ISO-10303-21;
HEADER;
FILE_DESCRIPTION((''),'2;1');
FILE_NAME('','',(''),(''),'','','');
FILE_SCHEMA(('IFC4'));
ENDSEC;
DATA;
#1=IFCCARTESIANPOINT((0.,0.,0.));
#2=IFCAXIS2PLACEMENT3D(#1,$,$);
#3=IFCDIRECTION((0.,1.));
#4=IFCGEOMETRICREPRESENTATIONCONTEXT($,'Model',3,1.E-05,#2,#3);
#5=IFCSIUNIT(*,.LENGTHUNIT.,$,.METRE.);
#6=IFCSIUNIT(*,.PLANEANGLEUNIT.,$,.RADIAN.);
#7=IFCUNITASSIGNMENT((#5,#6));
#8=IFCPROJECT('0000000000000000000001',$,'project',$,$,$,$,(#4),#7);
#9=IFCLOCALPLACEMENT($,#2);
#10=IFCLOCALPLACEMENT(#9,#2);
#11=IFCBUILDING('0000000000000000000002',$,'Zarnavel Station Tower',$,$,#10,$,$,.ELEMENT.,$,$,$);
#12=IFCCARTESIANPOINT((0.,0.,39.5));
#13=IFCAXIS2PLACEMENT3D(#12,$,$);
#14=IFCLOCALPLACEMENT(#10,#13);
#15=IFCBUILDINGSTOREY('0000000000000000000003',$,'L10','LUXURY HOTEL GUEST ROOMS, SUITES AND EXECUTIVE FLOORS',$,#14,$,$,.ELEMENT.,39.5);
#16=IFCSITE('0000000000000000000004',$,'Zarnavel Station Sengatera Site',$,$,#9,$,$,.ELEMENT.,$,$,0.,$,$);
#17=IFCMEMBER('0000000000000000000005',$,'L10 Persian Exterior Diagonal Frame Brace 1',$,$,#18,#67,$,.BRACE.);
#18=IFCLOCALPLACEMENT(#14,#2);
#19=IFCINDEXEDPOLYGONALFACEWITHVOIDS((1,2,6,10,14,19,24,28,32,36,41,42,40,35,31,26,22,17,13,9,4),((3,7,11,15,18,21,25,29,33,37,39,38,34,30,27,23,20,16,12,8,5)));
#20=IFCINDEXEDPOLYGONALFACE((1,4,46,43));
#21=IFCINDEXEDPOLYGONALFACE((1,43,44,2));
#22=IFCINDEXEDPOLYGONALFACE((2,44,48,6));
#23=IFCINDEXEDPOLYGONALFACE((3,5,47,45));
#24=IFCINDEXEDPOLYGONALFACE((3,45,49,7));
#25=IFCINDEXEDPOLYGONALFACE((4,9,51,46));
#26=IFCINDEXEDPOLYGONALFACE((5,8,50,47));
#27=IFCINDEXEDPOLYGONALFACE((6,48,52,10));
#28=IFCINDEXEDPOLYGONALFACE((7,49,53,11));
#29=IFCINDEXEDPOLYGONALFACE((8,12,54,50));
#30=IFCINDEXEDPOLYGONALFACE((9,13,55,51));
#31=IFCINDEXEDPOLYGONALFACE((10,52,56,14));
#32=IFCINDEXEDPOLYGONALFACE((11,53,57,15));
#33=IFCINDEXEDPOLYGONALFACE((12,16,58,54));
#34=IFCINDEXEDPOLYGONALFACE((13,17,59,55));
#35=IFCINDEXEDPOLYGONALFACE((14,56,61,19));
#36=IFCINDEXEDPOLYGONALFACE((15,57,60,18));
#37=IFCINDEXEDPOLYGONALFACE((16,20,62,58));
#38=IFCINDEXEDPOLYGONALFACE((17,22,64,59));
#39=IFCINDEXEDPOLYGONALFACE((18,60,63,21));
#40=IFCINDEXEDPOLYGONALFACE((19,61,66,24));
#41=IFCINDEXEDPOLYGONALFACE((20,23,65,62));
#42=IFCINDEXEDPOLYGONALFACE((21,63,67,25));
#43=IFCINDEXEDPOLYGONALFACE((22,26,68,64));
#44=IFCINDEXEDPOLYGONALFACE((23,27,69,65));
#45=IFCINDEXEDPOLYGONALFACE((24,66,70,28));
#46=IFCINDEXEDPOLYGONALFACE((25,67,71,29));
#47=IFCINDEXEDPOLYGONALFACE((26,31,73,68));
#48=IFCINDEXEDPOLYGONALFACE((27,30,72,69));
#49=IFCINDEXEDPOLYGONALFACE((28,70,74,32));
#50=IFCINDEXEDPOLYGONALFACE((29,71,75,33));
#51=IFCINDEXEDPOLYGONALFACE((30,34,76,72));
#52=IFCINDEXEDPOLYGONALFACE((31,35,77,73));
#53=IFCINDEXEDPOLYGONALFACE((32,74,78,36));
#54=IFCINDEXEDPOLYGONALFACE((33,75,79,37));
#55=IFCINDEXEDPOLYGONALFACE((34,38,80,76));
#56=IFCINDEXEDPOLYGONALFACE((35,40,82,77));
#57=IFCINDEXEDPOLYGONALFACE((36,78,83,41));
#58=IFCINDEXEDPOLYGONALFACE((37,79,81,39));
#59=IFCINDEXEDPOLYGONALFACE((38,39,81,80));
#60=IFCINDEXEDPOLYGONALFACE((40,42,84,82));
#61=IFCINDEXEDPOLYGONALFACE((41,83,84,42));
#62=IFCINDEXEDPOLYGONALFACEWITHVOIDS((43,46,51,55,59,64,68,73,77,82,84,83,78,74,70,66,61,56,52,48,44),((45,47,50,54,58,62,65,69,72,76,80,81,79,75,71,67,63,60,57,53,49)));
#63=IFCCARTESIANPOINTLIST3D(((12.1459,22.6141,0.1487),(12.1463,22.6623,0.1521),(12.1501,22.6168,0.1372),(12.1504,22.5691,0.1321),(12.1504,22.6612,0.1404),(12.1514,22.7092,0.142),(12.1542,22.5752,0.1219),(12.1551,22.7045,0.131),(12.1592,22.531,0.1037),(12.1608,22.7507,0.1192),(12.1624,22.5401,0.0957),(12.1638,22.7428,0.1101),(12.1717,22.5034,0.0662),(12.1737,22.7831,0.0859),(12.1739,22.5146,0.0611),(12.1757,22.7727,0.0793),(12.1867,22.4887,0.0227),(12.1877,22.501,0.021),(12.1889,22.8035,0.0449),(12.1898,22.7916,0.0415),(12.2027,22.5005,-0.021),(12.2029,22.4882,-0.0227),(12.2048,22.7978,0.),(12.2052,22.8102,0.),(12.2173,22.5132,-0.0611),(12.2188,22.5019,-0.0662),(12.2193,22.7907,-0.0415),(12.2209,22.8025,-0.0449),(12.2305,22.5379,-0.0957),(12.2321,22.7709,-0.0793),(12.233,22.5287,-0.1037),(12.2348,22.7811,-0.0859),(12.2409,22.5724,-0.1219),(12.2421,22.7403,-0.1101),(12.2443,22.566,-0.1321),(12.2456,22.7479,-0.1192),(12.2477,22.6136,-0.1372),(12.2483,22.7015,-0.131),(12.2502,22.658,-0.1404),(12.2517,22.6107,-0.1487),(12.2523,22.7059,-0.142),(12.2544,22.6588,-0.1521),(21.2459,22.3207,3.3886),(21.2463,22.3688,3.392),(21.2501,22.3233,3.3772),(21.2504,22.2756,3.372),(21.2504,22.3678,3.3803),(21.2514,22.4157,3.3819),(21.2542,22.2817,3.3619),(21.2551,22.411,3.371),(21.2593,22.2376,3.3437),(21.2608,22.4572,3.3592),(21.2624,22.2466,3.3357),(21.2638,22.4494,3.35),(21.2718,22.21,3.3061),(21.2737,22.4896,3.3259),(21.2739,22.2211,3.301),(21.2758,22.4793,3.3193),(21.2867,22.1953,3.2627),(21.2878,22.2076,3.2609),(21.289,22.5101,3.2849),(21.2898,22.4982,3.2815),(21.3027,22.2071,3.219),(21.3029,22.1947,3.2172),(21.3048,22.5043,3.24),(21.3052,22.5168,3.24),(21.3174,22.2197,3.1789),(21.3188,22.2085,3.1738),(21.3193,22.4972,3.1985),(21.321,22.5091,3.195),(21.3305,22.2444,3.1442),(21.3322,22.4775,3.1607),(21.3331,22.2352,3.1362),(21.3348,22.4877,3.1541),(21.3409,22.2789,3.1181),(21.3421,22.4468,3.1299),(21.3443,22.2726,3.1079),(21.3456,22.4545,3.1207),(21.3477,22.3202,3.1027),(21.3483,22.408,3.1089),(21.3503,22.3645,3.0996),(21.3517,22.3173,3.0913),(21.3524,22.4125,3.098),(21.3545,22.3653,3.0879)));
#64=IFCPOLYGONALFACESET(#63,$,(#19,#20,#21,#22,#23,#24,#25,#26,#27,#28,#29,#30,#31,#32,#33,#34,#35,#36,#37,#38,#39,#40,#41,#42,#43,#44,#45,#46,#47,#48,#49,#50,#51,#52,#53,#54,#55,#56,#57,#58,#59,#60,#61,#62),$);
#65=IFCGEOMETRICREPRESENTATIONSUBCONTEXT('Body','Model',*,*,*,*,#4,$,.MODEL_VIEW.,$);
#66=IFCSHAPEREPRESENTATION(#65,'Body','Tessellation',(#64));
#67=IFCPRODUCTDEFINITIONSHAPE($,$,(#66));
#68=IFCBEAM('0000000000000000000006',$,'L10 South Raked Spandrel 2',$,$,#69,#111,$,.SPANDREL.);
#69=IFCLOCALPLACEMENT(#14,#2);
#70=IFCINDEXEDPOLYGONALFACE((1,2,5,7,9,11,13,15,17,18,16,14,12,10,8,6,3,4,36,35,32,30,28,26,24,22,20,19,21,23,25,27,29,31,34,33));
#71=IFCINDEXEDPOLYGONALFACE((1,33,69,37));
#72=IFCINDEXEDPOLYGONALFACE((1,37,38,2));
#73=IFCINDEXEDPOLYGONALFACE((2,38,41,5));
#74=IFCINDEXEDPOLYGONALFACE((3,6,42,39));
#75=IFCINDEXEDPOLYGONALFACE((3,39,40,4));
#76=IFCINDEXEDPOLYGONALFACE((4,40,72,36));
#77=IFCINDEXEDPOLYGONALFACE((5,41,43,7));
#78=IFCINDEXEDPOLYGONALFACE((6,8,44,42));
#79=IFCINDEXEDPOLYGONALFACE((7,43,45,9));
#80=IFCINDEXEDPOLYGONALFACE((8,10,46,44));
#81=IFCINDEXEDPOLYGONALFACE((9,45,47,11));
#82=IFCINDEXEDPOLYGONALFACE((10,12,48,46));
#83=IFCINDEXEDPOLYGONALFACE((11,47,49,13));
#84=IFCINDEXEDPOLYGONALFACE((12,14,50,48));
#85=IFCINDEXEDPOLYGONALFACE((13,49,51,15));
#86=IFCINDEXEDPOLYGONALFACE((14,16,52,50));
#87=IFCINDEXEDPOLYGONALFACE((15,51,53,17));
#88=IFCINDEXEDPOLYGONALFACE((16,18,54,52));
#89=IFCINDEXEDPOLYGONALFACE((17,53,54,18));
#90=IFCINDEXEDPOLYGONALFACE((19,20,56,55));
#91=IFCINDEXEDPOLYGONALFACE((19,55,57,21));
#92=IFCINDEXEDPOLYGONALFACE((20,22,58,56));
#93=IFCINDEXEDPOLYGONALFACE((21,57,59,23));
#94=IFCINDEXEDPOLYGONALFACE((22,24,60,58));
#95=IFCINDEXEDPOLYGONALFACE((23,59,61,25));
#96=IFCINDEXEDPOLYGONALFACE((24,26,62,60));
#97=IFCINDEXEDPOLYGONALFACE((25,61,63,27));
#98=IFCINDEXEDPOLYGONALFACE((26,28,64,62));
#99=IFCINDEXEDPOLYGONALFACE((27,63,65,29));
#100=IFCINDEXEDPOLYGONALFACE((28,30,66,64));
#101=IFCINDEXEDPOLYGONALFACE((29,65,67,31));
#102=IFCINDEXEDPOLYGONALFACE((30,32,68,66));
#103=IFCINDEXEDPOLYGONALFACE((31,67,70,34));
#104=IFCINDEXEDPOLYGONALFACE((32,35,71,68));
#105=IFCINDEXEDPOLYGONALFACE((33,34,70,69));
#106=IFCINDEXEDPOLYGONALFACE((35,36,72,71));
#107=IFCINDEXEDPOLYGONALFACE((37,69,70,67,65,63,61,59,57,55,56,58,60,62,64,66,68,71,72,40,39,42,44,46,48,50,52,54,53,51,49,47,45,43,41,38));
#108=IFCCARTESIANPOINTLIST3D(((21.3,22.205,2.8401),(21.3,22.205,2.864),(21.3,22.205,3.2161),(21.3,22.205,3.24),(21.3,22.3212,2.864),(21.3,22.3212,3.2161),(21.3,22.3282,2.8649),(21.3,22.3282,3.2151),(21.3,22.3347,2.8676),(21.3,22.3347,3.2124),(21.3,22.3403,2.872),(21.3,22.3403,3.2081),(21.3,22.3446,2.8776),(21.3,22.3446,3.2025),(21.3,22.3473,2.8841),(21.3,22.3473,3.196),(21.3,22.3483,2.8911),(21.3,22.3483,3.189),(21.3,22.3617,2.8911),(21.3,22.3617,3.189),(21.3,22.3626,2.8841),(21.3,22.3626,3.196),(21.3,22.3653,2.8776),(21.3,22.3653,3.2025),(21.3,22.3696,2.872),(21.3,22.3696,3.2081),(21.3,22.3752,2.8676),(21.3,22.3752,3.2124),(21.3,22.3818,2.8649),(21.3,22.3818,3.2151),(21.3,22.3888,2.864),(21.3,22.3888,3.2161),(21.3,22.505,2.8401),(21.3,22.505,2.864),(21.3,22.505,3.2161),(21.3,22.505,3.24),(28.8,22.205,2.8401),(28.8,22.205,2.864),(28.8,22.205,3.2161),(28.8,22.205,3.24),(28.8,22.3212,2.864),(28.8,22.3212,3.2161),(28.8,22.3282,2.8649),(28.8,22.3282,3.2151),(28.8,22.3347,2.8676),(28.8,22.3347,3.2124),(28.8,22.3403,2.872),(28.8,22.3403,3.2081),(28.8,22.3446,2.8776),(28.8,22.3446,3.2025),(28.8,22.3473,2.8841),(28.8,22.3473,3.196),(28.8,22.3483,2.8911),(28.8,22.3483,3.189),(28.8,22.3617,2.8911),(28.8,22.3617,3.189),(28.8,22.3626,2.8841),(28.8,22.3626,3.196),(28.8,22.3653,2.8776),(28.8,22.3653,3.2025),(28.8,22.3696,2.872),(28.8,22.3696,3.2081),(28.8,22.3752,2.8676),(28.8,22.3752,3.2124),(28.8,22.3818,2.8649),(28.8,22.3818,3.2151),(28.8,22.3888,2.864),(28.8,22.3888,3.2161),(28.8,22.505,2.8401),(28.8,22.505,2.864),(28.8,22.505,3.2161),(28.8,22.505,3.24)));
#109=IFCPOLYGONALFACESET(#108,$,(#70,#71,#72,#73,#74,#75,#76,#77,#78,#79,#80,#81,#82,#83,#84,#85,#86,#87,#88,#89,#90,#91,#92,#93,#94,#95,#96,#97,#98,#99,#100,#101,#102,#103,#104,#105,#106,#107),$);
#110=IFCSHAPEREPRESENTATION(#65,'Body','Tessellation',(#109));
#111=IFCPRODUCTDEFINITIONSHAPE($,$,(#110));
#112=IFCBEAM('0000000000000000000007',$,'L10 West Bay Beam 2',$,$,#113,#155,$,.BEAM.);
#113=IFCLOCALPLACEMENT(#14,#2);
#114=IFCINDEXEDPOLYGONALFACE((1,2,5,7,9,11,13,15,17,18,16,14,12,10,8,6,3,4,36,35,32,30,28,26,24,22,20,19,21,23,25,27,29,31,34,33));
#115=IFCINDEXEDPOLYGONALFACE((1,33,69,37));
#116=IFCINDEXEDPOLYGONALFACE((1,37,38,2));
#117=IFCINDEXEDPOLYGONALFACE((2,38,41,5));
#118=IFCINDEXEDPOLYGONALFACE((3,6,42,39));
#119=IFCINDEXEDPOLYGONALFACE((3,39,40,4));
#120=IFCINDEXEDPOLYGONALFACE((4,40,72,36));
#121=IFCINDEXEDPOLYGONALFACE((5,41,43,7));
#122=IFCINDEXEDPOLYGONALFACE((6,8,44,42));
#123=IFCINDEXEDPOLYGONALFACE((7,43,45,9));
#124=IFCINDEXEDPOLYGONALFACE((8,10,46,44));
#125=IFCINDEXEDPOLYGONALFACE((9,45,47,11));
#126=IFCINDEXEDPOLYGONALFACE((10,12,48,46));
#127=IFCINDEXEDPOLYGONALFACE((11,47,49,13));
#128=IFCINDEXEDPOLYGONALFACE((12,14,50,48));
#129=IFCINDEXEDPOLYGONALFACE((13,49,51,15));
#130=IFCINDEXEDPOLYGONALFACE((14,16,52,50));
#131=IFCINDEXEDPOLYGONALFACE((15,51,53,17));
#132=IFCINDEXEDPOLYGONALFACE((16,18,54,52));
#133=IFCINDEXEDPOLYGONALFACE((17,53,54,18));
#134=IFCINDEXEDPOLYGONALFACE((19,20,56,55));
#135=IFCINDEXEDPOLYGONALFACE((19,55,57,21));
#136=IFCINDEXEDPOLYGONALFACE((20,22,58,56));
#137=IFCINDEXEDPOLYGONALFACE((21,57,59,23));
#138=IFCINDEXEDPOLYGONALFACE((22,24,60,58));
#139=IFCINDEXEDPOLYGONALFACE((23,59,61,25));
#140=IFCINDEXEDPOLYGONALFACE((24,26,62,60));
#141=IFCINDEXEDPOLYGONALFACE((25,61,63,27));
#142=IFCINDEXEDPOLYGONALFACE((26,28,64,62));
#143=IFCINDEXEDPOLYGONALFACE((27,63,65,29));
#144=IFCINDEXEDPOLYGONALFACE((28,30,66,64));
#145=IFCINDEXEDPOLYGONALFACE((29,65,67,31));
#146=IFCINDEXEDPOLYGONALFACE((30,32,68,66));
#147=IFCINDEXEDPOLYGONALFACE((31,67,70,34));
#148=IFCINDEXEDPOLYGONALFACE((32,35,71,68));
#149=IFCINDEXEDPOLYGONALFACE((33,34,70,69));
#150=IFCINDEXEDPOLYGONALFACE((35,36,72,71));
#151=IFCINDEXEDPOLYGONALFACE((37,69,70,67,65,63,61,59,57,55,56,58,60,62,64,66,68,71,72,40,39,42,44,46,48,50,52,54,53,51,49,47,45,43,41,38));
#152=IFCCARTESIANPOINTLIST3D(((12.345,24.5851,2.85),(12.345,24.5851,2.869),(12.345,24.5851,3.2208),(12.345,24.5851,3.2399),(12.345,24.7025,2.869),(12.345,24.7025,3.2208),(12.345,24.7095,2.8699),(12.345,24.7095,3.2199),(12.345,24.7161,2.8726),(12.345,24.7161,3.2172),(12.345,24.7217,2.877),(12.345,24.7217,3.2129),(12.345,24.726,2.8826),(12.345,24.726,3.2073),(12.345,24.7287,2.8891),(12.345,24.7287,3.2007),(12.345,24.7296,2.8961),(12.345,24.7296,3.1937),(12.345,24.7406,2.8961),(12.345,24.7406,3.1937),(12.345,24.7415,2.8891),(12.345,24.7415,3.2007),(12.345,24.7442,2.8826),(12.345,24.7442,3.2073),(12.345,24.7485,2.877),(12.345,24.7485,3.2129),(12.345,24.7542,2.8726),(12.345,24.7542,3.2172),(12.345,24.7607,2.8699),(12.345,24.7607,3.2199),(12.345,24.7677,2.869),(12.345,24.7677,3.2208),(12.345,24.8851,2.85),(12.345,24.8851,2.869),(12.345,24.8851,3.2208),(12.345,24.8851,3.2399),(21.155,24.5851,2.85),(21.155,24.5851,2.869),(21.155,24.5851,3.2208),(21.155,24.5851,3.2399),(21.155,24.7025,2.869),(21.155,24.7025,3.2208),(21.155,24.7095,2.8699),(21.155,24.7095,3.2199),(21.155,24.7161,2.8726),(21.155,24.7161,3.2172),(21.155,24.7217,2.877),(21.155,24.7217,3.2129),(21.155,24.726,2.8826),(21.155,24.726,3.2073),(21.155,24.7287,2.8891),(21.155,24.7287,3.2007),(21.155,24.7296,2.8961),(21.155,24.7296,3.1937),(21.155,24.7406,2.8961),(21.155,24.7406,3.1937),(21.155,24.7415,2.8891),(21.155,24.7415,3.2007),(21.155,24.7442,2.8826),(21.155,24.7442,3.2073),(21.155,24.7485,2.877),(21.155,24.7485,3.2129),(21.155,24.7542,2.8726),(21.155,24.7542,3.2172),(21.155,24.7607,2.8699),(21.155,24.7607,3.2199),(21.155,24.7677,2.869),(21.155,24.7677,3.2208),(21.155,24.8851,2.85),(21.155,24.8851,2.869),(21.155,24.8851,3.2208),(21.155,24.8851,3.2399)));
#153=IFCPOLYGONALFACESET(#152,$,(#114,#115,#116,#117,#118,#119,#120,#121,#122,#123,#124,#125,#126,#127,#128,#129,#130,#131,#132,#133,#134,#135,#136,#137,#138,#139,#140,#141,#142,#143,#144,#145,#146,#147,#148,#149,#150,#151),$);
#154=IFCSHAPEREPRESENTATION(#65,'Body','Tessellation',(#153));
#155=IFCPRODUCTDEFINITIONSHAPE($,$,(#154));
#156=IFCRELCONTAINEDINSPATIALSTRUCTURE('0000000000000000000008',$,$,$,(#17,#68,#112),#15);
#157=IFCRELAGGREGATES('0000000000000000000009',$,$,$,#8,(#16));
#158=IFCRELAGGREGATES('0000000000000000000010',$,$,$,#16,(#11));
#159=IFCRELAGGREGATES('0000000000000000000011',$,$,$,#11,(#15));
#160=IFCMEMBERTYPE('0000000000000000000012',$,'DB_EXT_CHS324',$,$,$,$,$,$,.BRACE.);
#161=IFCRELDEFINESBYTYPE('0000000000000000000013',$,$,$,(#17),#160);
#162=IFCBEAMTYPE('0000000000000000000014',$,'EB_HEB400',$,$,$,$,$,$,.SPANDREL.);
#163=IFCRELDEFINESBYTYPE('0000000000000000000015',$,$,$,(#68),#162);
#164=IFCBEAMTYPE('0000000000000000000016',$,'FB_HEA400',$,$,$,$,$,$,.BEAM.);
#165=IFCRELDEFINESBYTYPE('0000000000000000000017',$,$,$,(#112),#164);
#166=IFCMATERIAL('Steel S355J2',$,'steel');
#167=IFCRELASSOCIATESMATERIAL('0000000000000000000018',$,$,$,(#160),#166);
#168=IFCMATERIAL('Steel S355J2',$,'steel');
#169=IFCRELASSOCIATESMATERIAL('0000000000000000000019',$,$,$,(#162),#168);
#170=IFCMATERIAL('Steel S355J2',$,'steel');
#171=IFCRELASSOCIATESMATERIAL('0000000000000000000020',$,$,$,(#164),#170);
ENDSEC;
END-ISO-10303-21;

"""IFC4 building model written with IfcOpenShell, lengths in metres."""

from ifc_helpers import new_model, si_unit, direction, frame, origin, origin_2d, place, context, subcontext, project, spatial, hollow_circle, i_section, extrude, material, material_profile, profile_set, type_object, element, save


model = new_model("IFC4")

# Units and contexts
model_context = context("Model", 3, precision=1e-05, world=origin(), true_north=direction((0.0, 1.0)))
body_context = subcontext(model_context, "Body", "Model", "MODEL_VIEW")
ifc_project = project(units=[si_unit("LENGTHUNIT", "METRE"), si_unit("PLANEANGLEUNIT", "RADIAN")], contexts=[model_context])

# Site, building, storey
site_placement = place(None, origin())
site = spatial("IfcSite", under=ifc_project, at=site_placement, Name="Zarnavel Station Sengatera Site", CompositionType="ELEMENT", RefElevation=0.0)
building_placement = place(site_placement, origin())
building = spatial("IfcBuilding", under=site, at=building_placement, Name="Zarnavel Station Tower", CompositionType="ELEMENT")
storey_placement = place(building_placement, frame((0.0, 0.0, 39.5)))
storey = spatial("IfcBuildingStorey", under=building, at=storey_placement, Name="L10", Description="LUXURY HOTEL GUEST ROOMS, SUITES AND EXECUTIVE FLOORS", CompositionType="ELEMENT", Elevation=39.5)

# Member
ifc_material_1 = material(Name="Steel S355J2", Category="steel")
ifc_material_profile_1 = material_profile(ifc_material_1, hollow_circle(Radius=0.1619, WallThickness=0.0125, at=origin_2d()), Name="CHS323.9x12.5")
ifc_profile_set_1 = profile_set([ifc_material_profile_1], Name="Steel S355J2")
member_type_1 = type_object("IfcMemberType", Name="DB_EXT_CHS324", PredefinedType="BRACE", material=ifc_profile_set_1)
member_1_placement = place(storey_placement, frame((12.2, 22.6484, 0.0), z_axis=(0.941636, -0.030366, 0.335259), x_axis=(0.032231, 0.99948, 0.0)))
element("IfcMember", 1, at=member_1_placement, inside=storey, type_object=member_type_1, Name="L10 Persian Exterior Diagonal Frame Brace 1", PredefinedType="BRACE", context=body_context, shape_type="SweptSolid", body=[
    extrude(hollow_circle(Radius=0.1619, WallThickness=0.0125, at=origin_2d()), origin(), (0.0, 0.0, 1.0), 9.6641),
])

# Beams
ifc_material_2 = material(Name="Steel S355J2", Category="steel")
ifc_material_profile_2 = material_profile(ifc_material_2, i_section(OverallWidth=0.3, OverallDepth=0.3999, WebThickness=0.0134, FlangeThickness=0.0239, FilletRadius=0.0271, at=origin_2d()), Name="HEB400")
ifc_profile_set_2 = profile_set([ifc_material_profile_2], Name="Steel S355J2")
beam_type_1 = type_object("IfcBeamType", Name="EB_HEB400", PredefinedType="SPANDREL", material=ifc_profile_set_2)
beam_1_placement = place(storey_placement, frame((21.3, 22.355, 3.04), z_axis=(1.0, 0.0, 0.0), x_axis=(0.0, 1.0, 0.0)))
element("IfcBeam", 2, at=beam_1_placement, inside=storey, type_object=beam_type_1, Name="L10 South Raked Spandrel 2", PredefinedType="SPANDREL", context=body_context, shape_type="SweptSolid", body=[
    extrude(i_section(OverallWidth=0.3, OverallDepth=0.3999, WebThickness=0.0134, FlangeThickness=0.0239, FilletRadius=0.0271, at=origin_2d()), origin(), (0.0, 0.0, 1.0), 7.5),
])
ifc_material_3 = material(Name="Steel S355J2", Category="steel")
ifc_material_profile_3 = material_profile(ifc_material_3, i_section(OverallWidth=0.3, OverallDepth=0.3899, WebThickness=0.011, FlangeThickness=0.019, FilletRadius=0.0271, at=origin_2d()), Name="HEA400")
ifc_profile_set_3 = profile_set([ifc_material_profile_3], Name="Steel S355J2")
beam_type_2 = type_object("IfcBeamType", Name="FB_HEA400", PredefinedType="BEAM", material=ifc_profile_set_3)
beam_2_placement = place(storey_placement, frame((12.345, 24.7351, 3.0449), z_axis=(1.0, 0.0, 0.0), x_axis=(0.0, 1.0, 0.0)))
element("IfcBeam", 3, at=beam_2_placement, inside=storey, type_object=beam_type_2, Name="L10 West Bay Beam 2", PredefinedType="BEAM", context=body_context, shape_type="SweptSolid", body=[
    extrude(i_section(OverallWidth=0.3, OverallDepth=0.3899, WebThickness=0.011, FlangeThickness=0.019, FilletRadius=0.0271, at=origin_2d()), origin(), (0.0, 0.0, 1.0), 8.8101),
])

save(model, "model.ifc")
